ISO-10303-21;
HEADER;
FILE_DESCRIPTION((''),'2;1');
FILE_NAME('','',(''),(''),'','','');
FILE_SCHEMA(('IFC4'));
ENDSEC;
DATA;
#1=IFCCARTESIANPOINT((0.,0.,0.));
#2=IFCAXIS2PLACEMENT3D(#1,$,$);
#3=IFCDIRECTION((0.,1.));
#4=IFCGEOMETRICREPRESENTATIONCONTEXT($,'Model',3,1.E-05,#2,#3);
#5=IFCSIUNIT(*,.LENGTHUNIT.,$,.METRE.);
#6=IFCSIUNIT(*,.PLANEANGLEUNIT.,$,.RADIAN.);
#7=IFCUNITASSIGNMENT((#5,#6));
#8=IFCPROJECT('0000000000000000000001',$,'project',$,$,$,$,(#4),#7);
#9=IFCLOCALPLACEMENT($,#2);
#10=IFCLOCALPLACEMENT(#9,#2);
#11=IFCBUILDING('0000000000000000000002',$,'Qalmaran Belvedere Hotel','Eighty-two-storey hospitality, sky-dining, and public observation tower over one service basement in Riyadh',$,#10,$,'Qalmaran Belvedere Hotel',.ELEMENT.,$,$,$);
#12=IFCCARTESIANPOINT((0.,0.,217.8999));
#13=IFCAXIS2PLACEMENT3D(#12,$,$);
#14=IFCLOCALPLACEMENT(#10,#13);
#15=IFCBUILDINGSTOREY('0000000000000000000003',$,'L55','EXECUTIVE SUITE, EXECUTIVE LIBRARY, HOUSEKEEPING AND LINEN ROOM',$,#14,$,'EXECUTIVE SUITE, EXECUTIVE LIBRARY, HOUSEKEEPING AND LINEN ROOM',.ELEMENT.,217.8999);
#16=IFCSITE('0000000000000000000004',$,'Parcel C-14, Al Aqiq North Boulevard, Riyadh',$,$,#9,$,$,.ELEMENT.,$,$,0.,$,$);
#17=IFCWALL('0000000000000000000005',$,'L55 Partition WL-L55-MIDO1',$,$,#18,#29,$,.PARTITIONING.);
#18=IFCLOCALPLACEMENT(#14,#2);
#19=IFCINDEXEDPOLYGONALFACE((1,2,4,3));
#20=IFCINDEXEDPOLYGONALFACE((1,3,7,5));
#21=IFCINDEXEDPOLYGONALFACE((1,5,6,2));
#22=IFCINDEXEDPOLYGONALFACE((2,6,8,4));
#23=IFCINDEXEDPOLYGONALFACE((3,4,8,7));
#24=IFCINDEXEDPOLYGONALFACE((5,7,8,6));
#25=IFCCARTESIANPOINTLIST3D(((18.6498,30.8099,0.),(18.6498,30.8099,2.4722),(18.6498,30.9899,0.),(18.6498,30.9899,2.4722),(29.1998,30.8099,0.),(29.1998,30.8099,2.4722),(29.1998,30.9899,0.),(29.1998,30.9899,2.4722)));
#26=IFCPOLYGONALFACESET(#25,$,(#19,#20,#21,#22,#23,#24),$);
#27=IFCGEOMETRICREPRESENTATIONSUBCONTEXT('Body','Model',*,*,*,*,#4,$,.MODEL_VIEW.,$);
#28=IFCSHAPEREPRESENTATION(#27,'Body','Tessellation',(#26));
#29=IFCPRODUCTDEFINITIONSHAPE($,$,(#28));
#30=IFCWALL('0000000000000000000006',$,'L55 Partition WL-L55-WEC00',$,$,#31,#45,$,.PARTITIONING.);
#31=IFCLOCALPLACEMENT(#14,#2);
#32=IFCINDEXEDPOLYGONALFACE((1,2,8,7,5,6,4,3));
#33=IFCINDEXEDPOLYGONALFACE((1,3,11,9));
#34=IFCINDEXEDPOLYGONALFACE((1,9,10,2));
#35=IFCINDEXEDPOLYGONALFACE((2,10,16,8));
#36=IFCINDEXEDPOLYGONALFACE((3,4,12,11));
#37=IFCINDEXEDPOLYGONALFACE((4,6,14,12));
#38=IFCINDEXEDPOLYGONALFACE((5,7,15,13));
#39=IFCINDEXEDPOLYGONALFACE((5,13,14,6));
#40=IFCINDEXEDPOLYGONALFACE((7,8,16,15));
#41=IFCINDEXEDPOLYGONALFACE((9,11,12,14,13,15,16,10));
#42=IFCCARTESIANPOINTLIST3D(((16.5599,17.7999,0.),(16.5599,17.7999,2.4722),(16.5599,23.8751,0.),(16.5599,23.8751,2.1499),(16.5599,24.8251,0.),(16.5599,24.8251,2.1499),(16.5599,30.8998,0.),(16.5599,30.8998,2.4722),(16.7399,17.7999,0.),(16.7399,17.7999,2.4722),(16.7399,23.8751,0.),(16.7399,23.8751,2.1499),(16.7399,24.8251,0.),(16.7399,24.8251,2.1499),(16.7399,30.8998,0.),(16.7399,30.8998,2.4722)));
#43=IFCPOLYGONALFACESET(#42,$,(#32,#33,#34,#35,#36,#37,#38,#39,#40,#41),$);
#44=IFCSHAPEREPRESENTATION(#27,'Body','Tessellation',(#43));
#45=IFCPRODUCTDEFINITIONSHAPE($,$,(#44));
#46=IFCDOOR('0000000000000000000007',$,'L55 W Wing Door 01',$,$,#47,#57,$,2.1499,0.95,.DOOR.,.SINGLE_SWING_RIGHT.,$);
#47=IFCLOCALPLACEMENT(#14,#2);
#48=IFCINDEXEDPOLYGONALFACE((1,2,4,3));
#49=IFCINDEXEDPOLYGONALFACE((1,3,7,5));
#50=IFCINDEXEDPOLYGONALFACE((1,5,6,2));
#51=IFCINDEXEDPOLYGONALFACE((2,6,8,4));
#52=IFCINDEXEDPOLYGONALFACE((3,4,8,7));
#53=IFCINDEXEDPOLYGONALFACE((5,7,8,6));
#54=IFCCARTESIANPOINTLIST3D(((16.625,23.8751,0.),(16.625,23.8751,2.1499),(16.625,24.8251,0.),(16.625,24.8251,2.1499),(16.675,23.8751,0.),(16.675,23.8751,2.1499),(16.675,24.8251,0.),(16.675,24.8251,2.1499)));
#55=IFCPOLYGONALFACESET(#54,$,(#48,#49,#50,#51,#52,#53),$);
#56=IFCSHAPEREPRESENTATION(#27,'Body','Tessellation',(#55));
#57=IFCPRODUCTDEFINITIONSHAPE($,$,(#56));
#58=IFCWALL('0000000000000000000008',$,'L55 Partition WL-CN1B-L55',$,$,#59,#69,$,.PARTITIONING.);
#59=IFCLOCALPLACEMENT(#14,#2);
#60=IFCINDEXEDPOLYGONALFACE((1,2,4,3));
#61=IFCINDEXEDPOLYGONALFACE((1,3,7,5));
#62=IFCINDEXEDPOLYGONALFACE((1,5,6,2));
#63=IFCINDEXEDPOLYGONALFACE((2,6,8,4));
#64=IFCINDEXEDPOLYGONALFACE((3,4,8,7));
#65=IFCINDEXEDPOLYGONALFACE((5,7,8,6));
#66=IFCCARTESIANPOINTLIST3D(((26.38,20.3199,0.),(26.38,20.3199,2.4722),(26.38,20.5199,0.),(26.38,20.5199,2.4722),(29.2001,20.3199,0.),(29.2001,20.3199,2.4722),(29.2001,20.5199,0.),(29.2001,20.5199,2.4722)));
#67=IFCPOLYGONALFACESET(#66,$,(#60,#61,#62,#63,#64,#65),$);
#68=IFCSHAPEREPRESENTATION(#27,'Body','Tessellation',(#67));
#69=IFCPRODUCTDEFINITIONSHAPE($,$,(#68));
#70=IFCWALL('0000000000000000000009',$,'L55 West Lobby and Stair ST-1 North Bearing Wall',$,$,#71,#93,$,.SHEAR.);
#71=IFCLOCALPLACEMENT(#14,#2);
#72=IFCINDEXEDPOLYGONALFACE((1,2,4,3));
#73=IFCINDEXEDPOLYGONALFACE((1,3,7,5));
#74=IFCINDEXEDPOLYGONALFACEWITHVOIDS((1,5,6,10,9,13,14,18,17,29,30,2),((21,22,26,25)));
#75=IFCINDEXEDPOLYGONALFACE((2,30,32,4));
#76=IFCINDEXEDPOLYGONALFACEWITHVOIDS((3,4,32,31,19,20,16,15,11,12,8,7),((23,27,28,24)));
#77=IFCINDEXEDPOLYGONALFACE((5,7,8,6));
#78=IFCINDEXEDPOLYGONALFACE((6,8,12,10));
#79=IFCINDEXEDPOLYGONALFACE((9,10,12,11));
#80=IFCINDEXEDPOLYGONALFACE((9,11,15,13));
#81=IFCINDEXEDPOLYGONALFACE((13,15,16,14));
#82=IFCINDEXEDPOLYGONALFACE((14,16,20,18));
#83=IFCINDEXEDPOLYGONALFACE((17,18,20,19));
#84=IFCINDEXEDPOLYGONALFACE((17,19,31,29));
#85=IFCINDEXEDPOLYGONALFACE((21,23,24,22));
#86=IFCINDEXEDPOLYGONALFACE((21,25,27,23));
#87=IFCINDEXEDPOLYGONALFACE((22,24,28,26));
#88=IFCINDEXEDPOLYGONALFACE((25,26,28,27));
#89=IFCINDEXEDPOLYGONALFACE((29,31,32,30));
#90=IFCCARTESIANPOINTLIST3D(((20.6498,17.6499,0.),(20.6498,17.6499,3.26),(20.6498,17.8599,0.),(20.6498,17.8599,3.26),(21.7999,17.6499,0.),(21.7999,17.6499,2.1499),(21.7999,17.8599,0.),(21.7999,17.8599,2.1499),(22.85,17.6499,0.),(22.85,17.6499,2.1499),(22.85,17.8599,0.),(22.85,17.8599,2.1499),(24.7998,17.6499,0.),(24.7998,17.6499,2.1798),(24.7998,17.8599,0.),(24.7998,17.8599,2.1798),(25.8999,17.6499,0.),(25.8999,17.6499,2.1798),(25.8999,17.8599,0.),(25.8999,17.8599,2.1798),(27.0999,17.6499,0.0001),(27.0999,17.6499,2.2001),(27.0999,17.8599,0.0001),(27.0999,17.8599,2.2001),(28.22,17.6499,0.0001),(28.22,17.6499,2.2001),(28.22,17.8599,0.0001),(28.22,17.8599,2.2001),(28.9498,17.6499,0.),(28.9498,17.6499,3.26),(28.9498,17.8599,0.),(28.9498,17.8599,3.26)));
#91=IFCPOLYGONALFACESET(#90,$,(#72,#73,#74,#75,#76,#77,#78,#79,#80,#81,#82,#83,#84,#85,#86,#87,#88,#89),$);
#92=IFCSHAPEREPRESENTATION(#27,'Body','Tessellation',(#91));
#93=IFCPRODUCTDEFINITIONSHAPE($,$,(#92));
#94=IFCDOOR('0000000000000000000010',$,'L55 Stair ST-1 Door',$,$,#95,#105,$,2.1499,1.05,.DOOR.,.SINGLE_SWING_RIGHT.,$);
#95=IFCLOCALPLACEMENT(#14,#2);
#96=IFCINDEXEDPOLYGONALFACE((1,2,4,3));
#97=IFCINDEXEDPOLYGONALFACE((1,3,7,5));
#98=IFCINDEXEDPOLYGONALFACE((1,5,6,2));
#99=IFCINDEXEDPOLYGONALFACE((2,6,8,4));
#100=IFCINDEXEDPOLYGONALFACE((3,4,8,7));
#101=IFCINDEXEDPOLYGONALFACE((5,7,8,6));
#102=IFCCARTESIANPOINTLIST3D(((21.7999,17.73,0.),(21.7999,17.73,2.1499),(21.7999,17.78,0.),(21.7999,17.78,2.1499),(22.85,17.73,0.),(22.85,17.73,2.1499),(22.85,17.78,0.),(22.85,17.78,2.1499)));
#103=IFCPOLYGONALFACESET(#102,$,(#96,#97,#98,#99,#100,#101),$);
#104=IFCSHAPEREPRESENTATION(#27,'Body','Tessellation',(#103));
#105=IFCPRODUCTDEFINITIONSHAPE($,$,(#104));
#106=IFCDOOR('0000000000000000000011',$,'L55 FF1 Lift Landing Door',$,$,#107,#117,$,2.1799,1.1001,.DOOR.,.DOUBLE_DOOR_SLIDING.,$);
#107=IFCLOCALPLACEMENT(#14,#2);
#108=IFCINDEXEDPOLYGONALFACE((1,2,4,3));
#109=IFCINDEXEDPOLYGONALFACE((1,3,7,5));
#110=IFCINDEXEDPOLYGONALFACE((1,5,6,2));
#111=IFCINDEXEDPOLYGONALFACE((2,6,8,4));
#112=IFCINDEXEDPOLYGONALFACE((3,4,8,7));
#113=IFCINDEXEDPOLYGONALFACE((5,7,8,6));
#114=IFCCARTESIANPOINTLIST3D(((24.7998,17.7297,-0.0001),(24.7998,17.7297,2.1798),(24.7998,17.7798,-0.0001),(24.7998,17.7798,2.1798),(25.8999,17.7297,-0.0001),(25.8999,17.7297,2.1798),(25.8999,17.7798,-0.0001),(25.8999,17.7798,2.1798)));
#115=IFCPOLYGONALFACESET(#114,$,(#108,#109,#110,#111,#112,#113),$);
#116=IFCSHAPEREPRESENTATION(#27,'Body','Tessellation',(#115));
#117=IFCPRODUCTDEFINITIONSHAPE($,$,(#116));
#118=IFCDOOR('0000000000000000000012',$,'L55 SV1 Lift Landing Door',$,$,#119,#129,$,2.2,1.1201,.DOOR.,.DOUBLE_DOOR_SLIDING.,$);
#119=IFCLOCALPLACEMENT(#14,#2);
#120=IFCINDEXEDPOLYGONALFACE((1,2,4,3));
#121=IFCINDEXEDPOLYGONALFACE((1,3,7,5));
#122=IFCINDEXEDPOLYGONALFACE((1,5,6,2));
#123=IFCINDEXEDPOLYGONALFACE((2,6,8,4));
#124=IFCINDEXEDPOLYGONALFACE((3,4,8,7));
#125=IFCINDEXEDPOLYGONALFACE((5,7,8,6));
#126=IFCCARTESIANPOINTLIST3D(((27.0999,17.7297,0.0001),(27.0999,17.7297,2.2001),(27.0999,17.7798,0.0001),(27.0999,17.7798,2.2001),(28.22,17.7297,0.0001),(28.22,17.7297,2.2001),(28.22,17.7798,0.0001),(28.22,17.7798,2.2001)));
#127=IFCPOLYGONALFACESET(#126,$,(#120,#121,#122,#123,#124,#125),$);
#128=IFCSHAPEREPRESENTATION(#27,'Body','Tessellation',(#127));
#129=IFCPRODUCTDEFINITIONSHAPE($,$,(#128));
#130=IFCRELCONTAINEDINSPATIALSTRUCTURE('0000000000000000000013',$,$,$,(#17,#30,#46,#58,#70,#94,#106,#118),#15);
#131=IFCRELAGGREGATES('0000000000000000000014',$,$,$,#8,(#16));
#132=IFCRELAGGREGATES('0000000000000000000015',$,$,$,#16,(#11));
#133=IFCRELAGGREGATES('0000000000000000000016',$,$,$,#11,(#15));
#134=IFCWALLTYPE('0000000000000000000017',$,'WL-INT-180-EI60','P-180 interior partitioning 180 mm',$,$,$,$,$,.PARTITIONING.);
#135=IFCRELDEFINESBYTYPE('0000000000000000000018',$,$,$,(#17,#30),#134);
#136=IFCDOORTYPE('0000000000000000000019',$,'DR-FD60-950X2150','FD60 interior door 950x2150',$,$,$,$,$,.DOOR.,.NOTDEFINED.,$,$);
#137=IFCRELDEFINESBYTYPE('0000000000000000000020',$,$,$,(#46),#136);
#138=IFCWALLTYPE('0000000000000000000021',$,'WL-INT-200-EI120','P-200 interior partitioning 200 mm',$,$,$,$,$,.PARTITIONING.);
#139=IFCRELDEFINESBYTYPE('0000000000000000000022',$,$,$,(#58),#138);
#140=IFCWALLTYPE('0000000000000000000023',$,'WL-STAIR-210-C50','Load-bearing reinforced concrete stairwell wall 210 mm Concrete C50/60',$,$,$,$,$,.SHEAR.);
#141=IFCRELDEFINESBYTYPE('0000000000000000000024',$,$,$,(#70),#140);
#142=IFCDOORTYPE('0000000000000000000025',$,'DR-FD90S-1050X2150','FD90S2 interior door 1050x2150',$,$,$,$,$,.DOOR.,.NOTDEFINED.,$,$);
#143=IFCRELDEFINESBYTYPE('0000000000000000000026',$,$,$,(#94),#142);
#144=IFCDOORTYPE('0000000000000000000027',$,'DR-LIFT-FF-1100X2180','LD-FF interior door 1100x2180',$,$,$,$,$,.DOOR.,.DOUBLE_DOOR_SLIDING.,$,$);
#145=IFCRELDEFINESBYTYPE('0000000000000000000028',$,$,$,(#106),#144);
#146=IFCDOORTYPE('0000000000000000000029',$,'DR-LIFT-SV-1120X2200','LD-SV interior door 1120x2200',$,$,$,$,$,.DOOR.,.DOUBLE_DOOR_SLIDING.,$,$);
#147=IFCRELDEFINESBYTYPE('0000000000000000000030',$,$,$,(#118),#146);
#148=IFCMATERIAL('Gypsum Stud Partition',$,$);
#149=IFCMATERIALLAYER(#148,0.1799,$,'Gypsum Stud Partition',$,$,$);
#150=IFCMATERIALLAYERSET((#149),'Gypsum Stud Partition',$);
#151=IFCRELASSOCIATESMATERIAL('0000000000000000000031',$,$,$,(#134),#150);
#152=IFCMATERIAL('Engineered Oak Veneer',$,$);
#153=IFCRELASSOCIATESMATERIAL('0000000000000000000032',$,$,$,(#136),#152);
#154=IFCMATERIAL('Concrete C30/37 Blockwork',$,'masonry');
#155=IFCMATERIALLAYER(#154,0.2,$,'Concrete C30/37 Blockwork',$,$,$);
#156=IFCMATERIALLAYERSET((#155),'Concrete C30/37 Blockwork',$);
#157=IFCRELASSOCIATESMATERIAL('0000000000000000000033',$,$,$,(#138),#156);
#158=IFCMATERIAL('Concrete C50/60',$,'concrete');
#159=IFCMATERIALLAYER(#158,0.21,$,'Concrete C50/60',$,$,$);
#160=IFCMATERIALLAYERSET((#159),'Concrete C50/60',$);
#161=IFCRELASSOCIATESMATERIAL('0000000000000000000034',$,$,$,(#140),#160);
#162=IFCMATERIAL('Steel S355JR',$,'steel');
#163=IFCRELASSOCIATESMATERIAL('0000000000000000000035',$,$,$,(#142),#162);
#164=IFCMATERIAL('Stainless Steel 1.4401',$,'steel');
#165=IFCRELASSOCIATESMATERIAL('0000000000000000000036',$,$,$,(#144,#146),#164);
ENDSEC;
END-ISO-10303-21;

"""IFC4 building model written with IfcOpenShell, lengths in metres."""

from ifc_helpers import new_model, si_unit, direction, frame, frame_2d, origin, place, context, subcontext, project, spatial, rectangle, extrude, material, layer, layer_set, type_object, element, fill, save


model = new_model("IFC4")

# Units and contexts
model_context = context("Model", 3, precision=1e-05, world=origin(), true_north=direction((0.0, 1.0)))
body_context = subcontext(model_context, "Body", "Model", "MODEL_VIEW")
ifc_project = project(units=[si_unit("LENGTHUNIT", "METRE"), si_unit("PLANEANGLEUNIT", "RADIAN")], contexts=[model_context])

# Site, building, storey
site_placement = place(None, origin())
site = spatial("IfcSite", under=ifc_project, at=site_placement, Name="Parcel C-14, Al Aqiq North Boulevard, Riyadh", CompositionType="ELEMENT", RefElevation=0.0)
building_placement = place(site_placement, origin())
building = spatial("IfcBuilding", under=site, at=building_placement, Name="Qalmaran Belvedere Hotel", Description="Eighty-two-storey hospitality, sky-dining, and public observation tower over one service basement in Riyadh", LongName="Qalmaran Belvedere Hotel", CompositionType="ELEMENT")
storey_placement = place(building_placement, frame((0.0, 0.0, 217.8999)))
storey = spatial("IfcBuildingStorey", under=building, at=storey_placement, Name="L55", Description="EXECUTIVE SUITE, EXECUTIVE LIBRARY, HOUSEKEEPING AND LINEN ROOM", LongName="EXECUTIVE SUITE, EXECUTIVE LIBRARY, HOUSEKEEPING AND LINEN ROOM", CompositionType="ELEMENT", Elevation=217.8999)

# Shared definitions
ifc_material_1 = material(Name="Concrete C50/60", Category="concrete")

# Shared definitions
ifc_material_2 = material(Name="Steel S355JR", Category="steel")

# Shared definitions
ifc_material_3 = material(Name="Engineered Oak Veneer")
ifc_material_4 = material(Name="Gypsum Stud Partition")

# Shared definitions
ifc_layer_1 = layer(ifc_material_4, 0.1799, Name="Gypsum Stud Partition")
ifc_layer_set_1 = layer_set([ifc_layer_1], Name="Gypsum Stud Partition")
wall_type_1 = type_object("IfcWallType", Name="WL-INT-180-EI60", Description="P-180 interior partitioning 180 mm", PredefinedType="PARTITIONING", material=ifc_layer_set_1)
door_type_1 = type_object("IfcDoorType", Name="DR-FD60-950X2150", Description="FD60 interior door 950x2150", OperationType="NOTDEFINED", PredefinedType="DOOR", material=ifc_material_3)

# Wall
wall_1_placement = place(storey_placement, frame((18.6499, 30.8999, 0.0), z_axis=(0.0, 0.0, 1.0), x_axis=(1.0, 0.0, 0.0)))
element("IfcWall", 1, at=wall_1_placement, inside=storey, type_object=wall_type_1, Name="L55 Partition WL-L55-MIDO1", PredefinedType="PARTITIONING", context=body_context, shape_type="SweptSolid", body=[
    extrude(rectangle(XDim=10.55, YDim=0.1799, at=frame_2d((5.2749, 0.0))), origin(), (0.0, 0.0, 1.0), 2.4722),
])

# Wall, opening, door
wall_2_placement = place(storey_placement, frame((16.6499, 17.8, 0.0), z_axis=(0.0, 0.0, 1.0), x_axis=(0.0, 1.0, 0.0)))
wall_2 = element("IfcWall", 2, at=wall_2_placement, inside=storey, type_object=wall_type_1, Name="L55 Partition WL-L55-WEC00", PredefinedType="PARTITIONING", context=body_context, shape_type="SweptSolid", body=[
    extrude(rectangle(XDim=13.0999, YDim=0.1799, at=frame_2d((6.5498, 0.0))), origin(), (0.0, 0.0, 1.0), 2.4722),
])
opening_1_placement = place(wall_2_placement, frame((6.075, 0.0, 0.0)))
opening_1 = element("IfcOpeningElement", 3, at=opening_1_placement, cuts=wall_2, PredefinedType="OPENING", context=body_context, shape_type="SweptSolid", body=[
    extrude(rectangle(XDim=0.95, YDim=2.1499, at=frame_2d((0.4751, 1.075))), frame((0.0, 0.1001, 0.0), z_axis=(0.0, -1.0, 0.0), x_axis=(1.0, 0.0, 0.0)), (0.0, 0.0, 1.0), 0.2),
])
door_1_placement = place(opening_1_placement, origin())
door_1 = element("IfcDoor", 4, at=door_1_placement, inside=storey, type_object=door_type_1, Name="L55 W Wing Door 01", OperationType="SINGLE_SWING_RIGHT", OverallHeight=2.1499, OverallWidth=0.95, PredefinedType="DOOR", context=body_context, shape_type="SweptSolid", body=[
    extrude(rectangle(XDim=0.95, YDim=2.1499, at=frame_2d((0.4751, 1.075))), frame((0.0, 0.0249, 0.0), z_axis=(0.0, -1.0, 0.0), x_axis=(1.0, 0.0, 0.0)), (0.0, 0.0, 1.0), 0.05),
])
fill(opening_1, door_1)
ifc_material_5 = material(Name="Concrete C30/37 Blockwork", Category="masonry")
ifc_layer_2 = layer(ifc_material_5, 0.2, Name="Concrete C30/37 Blockwork")
ifc_layer_set_2 = layer_set([ifc_layer_2], Name="Concrete C30/37 Blockwork")
wall_type_2 = type_object("IfcWallType", Name="WL-INT-200-EI120", Description="P-200 interior partitioning 200 mm", PredefinedType="PARTITIONING", material=ifc_layer_set_2)

# Wall
wall_3_placement = place(storey_placement, frame((26.3799, 20.4199, 0.0), z_axis=(0.0, 0.0, 1.0), x_axis=(1.0, 0.0, 0.0)))
element("IfcWall", 5, at=wall_3_placement, inside=storey, type_object=wall_type_2, Name="L55 Partition WL-CN1B-L55", PredefinedType="PARTITIONING", context=body_context, shape_type="SweptSolid", body=[
    extrude(rectangle(XDim=2.8201, YDim=0.2, at=frame_2d((1.4102, 0.0))), origin(), (0.0, 0.0, 1.0), 2.4722),
])

# Wall, openings, doors
ifc_layer_3 = layer(ifc_material_1, 0.21, Name="Concrete C50/60")
ifc_layer_set_3 = layer_set([ifc_layer_3], Name="Concrete C50/60")
wall_type_3 = type_object("IfcWallType", Name="WL-STAIR-210-C50", Description="Load-bearing reinforced concrete stairwell wall 210 mm Concrete C50/60", PredefinedType="SHEAR", material=ifc_layer_set_3)
wall_4_placement = place(storey_placement, frame((20.6499, 17.7549, 0.0), z_axis=(0.0, 0.0, 1.0), x_axis=(1.0, 0.0, 0.0)))
wall_4 = element("IfcWall", 6, at=wall_4_placement, inside=storey, type_object=wall_type_3, Name="L55 West Lobby and Stair ST-1 North Bearing Wall", PredefinedType="SHEAR", context=body_context, shape_type="SweptSolid", body=[
    extrude(rectangle(XDim=8.3, YDim=0.21, at=frame_2d((4.1499, 0.0))), origin(), (0.0, 0.0, 1.0), 3.26),
])
opening_2_placement = place(wall_4_placement, frame((2.2, 0.0, 0.0), z_axis=(0.0, 0.0, 1.0), x_axis=(-1.0, 0.0, 0.0)))
opening_2 = element("IfcOpeningElement", 7, at=opening_2_placement, cuts=wall_4, PredefinedType="OPENING", context=body_context, shape_type="SweptSolid", body=[
    extrude(rectangle(XDim=1.05, YDim=2.1499, at=frame_2d((0.5249, 1.075))), frame((0.0, 0.115, 0.0), z_axis=(0.0, -1.0, 0.0), x_axis=(1.0, 0.0, 0.0)), (0.0, 0.0, 1.0), 0.23),
])
opening_3_placement = place(wall_4_placement, frame((4.1499, 0.0, 0.0)))
opening_3 = element("IfcOpeningElement", 8, at=opening_3_placement, cuts=wall_4, PredefinedType="OPENING", context=body_context, shape_type="SweptSolid", body=[
    extrude(rectangle(XDim=1.1001, YDim=2.1799, at=frame_2d((0.55, 1.0898))), frame((0.0, 0.115, 0.0), z_axis=(0.0, -1.0, 0.0), x_axis=(1.0, 0.0, 0.0)), (0.0, 0.0, 1.0), 0.23),
])
opening_4_placement = place(wall_4_placement, frame((6.45, 0.0, 0.0)))
opening_4 = element("IfcOpeningElement", 9, at=opening_4_placement, cuts=wall_4, PredefinedType="OPENING", context=body_context, shape_type="SweptSolid", body=[
    extrude(rectangle(XDim=1.1201, YDim=2.2, at=frame_2d((0.5601, 1.1001))), frame((0.0, 0.115, 0.0), z_axis=(0.0, -1.0, 0.0), x_axis=(1.0, 0.0, 0.0)), (0.0, 0.0, 1.0), 0.23),
])
door_type_2 = type_object("IfcDoorType", Name="DR-FD90S-1050X2150", Description="FD90S2 interior door 1050x2150", OperationType="NOTDEFINED", PredefinedType="DOOR", material=ifc_material_2)
door_2_placement = place(opening_2_placement, origin())
door_2 = element("IfcDoor", 10, at=door_2_placement, inside=storey, type_object=door_type_2, Name="L55 Stair ST-1 Door", OperationType="SINGLE_SWING_RIGHT", OverallHeight=2.1499, OverallWidth=1.05, PredefinedType="DOOR", context=body_context, shape_type="SweptSolid", body=[
    extrude(rectangle(XDim=1.05, YDim=2.1499, at=frame_2d((0.5249, 1.075))), frame((0.0, 0.0249, 0.0), z_axis=(0.0, -1.0, 0.0), x_axis=(1.0, 0.0, 0.0)), (0.0, 0.0, 1.0), 0.05),
])
fill(opening_2, door_2)
ifc_material_6 = material(Name="Stainless Steel 1.4401", Category="steel")
door_type_3 = type_object("IfcDoorType", Name="DR-LIFT-FF-1100X2180", Description="LD-FF interior door 1100x2180", OperationType="DOUBLE_DOOR_SLIDING", PredefinedType="DOOR", material=ifc_material_6)
door_3_placement = place(opening_3_placement, origin())
door_3 = element("IfcDoor", 11, at=door_3_placement, inside=storey, type_object=door_type_3, Name="L55 FF1 Lift Landing Door", OperationType="DOUBLE_DOOR_SLIDING", OverallHeight=2.1799, OverallWidth=1.1001, PredefinedType="DOOR", context=body_context, shape_type="SweptSolid", body=[
    extrude(rectangle(XDim=1.1001, YDim=2.1799, at=frame_2d((0.55, 1.0898))), frame((0.0, 0.0249, 0.0), z_axis=(0.0, -1.0, 0.0), x_axis=(1.0, 0.0, 0.0)), (0.0, 0.0, 1.0), 0.05),
])
fill(opening_3, door_3)
door_type_4 = type_object("IfcDoorType", Name="DR-LIFT-SV-1120X2200", Description="LD-SV interior door 1120x2200", OperationType="DOUBLE_DOOR_SLIDING", PredefinedType="DOOR", material=ifc_material_6)
door_4_placement = place(opening_4_placement, origin())
door_4 = element("IfcDoor", 12, at=door_4_placement, inside=storey, type_object=door_type_4, Name="L55 SV1 Lift Landing Door", OperationType="DOUBLE_DOOR_SLIDING", OverallHeight=2.2, OverallWidth=1.1201, PredefinedType="DOOR", context=body_context, shape_type="SweptSolid", body=[
    extrude(rectangle(XDim=1.1201, YDim=2.2, at=frame_2d((0.5601, 1.1001))), frame((0.0, 0.0249, 0.0), z_axis=(0.0, -1.0, 0.0), x_axis=(1.0, 0.0, 0.0)), (0.0, 0.0, 1.0), 0.05),
])
fill(opening_4, door_4)

save(model, "model.ifc")
